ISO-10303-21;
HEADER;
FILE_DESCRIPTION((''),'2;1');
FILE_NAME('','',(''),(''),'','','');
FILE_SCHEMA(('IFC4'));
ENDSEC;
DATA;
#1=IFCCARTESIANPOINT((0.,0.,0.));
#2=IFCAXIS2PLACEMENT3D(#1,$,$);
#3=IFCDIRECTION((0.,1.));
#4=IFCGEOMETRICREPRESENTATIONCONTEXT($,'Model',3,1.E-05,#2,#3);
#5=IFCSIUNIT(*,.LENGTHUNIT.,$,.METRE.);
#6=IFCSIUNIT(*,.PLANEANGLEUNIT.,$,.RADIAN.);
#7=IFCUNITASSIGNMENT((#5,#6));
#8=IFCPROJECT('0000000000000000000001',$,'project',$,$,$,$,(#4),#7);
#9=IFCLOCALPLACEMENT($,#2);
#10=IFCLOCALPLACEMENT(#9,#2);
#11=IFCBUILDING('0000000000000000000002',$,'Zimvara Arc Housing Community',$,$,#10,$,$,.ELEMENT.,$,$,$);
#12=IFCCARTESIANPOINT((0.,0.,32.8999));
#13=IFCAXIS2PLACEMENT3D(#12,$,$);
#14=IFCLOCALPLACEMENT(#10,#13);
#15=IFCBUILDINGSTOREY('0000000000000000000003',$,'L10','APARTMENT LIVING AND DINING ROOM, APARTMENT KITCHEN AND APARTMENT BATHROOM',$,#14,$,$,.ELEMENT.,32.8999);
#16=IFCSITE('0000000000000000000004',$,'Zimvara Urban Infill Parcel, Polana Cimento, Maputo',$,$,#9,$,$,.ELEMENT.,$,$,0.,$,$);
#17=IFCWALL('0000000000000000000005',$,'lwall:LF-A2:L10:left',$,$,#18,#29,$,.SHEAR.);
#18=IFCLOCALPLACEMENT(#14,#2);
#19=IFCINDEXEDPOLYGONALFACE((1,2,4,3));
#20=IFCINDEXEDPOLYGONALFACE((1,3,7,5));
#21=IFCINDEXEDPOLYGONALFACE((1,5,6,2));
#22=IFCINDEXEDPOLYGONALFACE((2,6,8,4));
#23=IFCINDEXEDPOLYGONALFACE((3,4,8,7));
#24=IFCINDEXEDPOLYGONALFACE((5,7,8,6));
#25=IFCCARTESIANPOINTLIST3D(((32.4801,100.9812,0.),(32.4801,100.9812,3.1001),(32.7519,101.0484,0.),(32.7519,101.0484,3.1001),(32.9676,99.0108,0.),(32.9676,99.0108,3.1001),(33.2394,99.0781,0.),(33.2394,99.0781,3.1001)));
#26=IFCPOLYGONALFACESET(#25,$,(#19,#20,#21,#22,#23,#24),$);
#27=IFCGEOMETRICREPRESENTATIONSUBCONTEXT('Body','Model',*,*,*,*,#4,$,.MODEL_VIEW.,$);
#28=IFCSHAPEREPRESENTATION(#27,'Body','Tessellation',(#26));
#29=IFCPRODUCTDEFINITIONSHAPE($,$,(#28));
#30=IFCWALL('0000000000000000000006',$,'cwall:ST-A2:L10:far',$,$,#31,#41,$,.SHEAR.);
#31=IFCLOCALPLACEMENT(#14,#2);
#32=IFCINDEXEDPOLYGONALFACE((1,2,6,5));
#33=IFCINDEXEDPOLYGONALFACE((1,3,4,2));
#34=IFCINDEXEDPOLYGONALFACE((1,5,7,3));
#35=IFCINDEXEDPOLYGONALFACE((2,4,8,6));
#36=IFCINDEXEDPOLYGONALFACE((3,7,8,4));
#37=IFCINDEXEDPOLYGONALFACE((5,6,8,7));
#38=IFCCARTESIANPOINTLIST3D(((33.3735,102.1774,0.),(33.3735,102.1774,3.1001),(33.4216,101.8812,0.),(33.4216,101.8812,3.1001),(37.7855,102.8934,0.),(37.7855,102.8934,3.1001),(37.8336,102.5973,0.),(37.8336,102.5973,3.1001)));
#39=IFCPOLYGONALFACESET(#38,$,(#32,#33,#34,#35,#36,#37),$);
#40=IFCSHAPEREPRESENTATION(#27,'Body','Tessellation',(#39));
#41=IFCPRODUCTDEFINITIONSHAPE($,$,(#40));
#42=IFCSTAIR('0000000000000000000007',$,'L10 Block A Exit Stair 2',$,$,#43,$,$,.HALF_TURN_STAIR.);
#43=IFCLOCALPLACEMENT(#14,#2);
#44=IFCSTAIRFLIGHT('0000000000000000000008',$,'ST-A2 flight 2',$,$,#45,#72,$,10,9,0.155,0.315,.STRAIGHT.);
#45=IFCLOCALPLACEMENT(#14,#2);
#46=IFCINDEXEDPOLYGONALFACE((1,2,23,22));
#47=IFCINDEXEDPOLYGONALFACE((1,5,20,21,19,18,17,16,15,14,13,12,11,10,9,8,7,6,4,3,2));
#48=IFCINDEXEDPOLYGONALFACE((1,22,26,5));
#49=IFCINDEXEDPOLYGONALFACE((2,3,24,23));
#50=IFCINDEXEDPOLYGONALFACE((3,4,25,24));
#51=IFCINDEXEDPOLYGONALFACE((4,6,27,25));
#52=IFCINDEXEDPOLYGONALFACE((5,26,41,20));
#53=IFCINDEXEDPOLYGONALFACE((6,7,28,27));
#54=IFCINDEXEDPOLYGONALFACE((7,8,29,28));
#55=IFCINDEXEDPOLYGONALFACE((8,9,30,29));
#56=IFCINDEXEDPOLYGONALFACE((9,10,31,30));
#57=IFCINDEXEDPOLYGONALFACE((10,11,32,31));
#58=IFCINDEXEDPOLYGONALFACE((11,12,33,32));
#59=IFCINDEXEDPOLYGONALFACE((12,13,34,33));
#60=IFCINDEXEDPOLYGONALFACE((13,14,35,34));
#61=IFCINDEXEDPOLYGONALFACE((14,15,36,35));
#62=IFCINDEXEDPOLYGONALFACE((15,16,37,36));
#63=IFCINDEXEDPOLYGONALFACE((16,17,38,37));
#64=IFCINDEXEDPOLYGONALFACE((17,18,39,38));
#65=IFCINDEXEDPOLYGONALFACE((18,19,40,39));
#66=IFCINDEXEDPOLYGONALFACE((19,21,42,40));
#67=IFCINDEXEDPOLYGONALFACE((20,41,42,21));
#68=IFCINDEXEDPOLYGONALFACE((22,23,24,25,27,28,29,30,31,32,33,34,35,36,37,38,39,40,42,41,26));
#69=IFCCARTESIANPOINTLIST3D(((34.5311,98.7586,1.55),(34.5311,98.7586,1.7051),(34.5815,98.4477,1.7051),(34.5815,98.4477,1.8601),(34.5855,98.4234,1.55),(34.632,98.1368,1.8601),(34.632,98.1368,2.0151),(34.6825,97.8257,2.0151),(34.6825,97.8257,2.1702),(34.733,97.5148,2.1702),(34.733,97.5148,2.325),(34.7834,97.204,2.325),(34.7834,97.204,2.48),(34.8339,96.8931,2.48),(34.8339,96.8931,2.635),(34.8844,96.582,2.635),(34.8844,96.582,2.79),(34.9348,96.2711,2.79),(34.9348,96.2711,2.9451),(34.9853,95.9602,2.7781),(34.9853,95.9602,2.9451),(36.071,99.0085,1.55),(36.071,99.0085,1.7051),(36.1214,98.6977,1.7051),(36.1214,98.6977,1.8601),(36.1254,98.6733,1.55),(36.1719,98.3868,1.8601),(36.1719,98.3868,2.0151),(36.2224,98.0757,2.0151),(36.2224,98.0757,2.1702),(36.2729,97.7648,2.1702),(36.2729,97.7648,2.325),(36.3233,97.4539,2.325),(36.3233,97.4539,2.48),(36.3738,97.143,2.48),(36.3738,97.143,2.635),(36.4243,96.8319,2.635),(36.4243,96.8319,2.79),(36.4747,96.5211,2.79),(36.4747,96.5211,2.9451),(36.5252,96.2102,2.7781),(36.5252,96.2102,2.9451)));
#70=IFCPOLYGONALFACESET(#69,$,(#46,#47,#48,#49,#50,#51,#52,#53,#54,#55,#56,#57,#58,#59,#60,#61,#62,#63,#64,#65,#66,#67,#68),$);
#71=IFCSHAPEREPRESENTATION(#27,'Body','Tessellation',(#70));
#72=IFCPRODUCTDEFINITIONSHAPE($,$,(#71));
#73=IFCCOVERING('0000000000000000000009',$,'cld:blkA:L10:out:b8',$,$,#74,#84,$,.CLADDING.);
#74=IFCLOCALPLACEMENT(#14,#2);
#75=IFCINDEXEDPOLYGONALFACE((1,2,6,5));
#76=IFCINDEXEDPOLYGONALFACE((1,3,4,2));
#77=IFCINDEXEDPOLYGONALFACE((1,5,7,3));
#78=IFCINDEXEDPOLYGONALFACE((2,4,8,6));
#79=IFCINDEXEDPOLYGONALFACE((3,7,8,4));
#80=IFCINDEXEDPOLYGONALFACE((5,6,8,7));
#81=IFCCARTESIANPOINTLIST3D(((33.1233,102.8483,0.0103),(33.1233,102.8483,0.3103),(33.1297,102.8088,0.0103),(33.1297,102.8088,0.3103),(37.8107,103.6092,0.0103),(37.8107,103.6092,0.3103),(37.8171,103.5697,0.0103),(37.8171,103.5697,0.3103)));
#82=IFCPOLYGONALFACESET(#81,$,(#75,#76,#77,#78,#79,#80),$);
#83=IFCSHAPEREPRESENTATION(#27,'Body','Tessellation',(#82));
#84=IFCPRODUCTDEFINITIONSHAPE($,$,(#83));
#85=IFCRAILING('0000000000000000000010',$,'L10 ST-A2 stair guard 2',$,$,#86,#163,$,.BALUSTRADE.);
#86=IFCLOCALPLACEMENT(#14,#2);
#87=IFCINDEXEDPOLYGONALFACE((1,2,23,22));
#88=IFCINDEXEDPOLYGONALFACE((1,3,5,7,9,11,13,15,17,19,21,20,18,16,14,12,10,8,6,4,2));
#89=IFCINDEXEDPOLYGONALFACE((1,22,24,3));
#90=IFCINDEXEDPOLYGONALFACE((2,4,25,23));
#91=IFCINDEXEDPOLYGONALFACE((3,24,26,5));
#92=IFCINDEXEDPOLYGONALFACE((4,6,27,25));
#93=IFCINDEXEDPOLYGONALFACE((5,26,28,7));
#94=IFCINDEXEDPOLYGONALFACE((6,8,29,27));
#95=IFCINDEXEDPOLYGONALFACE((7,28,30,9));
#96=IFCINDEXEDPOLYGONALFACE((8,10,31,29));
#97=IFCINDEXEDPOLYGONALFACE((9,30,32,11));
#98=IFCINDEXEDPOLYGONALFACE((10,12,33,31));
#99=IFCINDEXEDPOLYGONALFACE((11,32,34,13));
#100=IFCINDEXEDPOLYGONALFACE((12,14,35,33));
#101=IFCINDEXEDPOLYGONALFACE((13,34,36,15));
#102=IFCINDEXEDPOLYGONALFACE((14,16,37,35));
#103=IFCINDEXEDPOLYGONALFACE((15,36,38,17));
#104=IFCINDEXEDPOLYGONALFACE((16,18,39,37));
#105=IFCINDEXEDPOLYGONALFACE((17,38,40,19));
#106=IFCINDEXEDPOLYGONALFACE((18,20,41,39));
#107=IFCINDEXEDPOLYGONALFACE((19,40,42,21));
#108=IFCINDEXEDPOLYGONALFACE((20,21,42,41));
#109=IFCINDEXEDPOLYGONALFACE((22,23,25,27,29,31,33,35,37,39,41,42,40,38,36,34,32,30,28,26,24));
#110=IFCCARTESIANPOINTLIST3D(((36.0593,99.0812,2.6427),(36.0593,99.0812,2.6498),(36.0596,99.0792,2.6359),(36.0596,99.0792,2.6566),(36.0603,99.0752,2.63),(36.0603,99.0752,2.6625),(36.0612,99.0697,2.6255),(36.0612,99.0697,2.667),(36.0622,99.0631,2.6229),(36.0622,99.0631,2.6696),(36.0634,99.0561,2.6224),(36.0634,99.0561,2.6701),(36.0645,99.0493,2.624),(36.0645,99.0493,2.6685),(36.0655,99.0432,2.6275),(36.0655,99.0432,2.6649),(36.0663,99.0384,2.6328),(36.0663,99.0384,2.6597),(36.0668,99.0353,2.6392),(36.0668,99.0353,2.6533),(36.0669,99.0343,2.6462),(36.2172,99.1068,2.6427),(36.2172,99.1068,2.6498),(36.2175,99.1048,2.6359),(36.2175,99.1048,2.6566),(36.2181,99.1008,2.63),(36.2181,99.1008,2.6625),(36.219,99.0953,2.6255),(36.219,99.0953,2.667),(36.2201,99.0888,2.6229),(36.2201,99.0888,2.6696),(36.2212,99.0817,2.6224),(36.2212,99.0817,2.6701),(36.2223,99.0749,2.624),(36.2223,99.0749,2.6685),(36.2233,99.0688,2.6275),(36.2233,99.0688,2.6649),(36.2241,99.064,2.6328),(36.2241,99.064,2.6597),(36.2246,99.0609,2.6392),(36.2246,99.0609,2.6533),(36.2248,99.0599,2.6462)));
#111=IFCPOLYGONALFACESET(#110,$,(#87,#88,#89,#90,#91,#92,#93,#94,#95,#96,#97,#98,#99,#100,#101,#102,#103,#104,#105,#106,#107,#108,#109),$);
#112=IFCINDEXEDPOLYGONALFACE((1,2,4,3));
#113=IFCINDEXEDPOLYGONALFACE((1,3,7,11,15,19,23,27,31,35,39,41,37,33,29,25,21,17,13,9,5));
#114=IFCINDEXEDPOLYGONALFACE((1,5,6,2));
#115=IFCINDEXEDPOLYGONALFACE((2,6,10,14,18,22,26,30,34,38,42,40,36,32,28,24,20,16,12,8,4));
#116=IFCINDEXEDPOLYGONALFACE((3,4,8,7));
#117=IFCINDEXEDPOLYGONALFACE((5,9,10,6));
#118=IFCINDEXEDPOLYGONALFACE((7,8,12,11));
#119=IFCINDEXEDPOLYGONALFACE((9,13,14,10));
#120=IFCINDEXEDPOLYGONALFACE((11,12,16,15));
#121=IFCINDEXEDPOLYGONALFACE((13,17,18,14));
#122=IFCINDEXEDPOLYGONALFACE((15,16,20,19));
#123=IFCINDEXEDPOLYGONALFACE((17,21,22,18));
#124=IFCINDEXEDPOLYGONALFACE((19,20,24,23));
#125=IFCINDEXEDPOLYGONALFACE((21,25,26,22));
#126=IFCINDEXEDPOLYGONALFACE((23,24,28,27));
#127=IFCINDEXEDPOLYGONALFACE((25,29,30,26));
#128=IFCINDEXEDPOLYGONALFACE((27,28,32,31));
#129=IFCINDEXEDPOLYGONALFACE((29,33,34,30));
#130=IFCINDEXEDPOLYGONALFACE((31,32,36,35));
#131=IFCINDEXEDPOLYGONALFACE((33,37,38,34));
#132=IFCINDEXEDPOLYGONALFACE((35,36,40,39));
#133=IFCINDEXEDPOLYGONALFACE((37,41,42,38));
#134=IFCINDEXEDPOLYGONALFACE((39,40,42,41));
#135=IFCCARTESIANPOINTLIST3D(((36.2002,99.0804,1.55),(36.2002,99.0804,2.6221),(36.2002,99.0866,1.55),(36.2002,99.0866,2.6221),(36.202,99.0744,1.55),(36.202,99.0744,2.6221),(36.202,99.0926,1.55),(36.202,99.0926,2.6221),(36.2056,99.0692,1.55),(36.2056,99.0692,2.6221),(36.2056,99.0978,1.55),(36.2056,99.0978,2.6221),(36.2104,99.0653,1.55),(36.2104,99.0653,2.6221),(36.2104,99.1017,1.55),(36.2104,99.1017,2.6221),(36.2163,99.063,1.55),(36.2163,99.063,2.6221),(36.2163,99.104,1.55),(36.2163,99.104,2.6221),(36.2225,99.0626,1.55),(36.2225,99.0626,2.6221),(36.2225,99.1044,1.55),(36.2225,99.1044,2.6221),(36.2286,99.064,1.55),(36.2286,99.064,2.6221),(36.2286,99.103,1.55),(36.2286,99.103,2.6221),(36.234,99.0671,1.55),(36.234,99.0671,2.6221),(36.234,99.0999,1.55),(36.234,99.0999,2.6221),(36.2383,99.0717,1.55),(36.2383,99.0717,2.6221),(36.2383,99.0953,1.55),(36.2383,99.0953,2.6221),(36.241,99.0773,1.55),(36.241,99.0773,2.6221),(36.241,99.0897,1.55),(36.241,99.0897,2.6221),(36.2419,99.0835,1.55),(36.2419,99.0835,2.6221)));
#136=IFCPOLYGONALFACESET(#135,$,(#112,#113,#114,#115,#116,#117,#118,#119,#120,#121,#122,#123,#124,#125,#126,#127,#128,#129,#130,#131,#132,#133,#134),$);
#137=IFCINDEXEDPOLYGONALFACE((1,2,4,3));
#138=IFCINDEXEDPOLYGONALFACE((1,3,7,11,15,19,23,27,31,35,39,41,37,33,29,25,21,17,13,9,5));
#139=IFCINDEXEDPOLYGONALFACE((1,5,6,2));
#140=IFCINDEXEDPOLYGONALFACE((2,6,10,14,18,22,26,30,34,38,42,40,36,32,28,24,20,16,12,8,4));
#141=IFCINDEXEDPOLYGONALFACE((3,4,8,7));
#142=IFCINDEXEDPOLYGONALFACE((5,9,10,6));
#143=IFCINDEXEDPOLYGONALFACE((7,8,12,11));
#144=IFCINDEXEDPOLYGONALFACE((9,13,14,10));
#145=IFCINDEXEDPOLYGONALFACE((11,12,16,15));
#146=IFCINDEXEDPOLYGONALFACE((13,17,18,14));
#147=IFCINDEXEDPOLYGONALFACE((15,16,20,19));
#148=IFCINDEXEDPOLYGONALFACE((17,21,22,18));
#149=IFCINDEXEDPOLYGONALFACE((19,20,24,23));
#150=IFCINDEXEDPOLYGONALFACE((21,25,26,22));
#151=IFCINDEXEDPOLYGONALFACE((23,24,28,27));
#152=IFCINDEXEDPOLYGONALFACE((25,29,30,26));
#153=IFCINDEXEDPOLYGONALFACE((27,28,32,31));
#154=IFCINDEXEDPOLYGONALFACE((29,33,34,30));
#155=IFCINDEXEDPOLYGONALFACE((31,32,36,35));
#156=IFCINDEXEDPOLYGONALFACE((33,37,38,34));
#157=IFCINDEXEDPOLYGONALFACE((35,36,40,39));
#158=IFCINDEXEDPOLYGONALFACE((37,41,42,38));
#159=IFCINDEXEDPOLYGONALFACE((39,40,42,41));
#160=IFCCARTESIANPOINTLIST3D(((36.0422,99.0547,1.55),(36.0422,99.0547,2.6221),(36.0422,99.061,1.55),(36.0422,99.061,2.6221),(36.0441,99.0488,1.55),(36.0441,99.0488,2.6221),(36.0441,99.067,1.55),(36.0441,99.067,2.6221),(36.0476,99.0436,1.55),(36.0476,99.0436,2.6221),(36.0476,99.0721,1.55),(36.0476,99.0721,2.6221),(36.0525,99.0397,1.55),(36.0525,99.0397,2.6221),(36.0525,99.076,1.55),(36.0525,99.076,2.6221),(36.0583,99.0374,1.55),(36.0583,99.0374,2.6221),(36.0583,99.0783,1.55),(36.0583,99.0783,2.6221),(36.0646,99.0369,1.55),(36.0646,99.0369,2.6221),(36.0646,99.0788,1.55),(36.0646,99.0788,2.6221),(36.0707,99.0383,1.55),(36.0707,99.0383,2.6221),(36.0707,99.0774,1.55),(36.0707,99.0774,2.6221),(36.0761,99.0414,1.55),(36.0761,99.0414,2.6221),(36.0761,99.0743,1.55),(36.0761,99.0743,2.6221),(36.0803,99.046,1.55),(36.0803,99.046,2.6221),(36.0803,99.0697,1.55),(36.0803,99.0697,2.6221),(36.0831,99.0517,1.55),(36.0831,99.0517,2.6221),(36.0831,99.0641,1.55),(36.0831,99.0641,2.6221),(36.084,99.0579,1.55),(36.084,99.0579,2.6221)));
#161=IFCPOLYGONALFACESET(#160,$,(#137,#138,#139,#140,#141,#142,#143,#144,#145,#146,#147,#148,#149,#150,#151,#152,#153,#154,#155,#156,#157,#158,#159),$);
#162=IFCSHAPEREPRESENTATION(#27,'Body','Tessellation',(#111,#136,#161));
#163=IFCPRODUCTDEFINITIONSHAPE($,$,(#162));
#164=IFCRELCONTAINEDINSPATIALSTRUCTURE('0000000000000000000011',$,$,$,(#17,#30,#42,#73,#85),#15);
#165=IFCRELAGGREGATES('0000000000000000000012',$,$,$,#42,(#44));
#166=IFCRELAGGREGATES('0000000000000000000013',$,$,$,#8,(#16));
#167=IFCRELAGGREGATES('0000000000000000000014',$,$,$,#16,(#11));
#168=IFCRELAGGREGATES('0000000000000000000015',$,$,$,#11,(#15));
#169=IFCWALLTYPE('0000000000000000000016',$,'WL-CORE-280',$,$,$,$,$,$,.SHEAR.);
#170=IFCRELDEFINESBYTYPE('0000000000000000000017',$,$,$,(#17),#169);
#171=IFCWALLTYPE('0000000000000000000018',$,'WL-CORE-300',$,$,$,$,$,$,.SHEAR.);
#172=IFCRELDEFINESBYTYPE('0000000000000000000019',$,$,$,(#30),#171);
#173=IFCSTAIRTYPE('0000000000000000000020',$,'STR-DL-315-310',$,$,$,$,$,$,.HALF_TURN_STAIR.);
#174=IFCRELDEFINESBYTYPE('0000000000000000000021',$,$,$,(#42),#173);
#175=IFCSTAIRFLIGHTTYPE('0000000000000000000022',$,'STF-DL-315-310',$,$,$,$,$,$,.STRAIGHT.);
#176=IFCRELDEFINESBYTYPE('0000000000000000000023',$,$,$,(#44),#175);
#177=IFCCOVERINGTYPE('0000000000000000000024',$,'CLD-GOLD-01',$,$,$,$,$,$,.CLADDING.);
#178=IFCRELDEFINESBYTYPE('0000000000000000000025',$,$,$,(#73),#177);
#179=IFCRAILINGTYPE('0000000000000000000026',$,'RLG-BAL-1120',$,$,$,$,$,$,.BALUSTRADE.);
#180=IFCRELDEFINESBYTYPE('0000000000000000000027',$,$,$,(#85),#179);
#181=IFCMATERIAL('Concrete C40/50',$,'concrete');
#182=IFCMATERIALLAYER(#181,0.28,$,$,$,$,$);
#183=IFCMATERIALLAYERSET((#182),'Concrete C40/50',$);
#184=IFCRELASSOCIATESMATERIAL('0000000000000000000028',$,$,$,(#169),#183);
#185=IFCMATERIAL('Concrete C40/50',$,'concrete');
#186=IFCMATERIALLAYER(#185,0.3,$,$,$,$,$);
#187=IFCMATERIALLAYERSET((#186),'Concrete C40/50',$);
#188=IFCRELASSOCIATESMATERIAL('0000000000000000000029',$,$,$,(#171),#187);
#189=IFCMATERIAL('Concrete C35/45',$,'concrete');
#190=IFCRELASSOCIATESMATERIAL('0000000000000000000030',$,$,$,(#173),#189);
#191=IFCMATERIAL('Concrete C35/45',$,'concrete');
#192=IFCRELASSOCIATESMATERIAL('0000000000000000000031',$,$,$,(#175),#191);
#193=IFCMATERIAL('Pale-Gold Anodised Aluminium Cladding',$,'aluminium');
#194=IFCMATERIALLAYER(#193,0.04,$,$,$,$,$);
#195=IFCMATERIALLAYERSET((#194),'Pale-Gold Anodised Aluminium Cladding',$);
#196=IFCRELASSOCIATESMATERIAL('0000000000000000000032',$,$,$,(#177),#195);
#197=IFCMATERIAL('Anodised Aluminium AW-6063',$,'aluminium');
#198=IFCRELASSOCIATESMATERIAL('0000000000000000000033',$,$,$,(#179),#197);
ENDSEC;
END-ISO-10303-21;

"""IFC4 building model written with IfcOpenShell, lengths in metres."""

from ifc_helpers import new_model, si_unit, direction, frame, frame_2d, origin, origin_2d, place, context, subcontext, project, spatial, polyline, rectangle, circle, outline, extrude, material, layer, layer_set, type_object, element, aggregate, save


model = new_model("IFC4")

# Units and contexts
model_context = context("Model", 3, precision=1e-05, world=origin(), true_north=direction((0.0, 1.0)))
body_context = subcontext(model_context, "Body", "Model", "MODEL_VIEW")
ifc_project = project(units=[si_unit("LENGTHUNIT", "METRE"), si_unit("PLANEANGLEUNIT", "RADIAN")], contexts=[model_context])

# Site, building, storey
site_placement = place(None, origin())
site = spatial("IfcSite", under=ifc_project, at=site_placement, Name="Zimvara Urban Infill Parcel, Polana Cimento, Maputo", CompositionType="ELEMENT", RefElevation=0.0)
building_placement = place(site_placement, origin())
building = spatial("IfcBuilding", under=site, at=building_placement, Name="Zimvara Arc Housing Community", CompositionType="ELEMENT")
storey_placement = place(building_placement, frame((0.0, 0.0, 32.8999)))
storey = spatial("IfcBuildingStorey", under=building, at=storey_placement, Name="L10", Description="APARTMENT LIVING AND DINING ROOM, APARTMENT KITCHEN AND APARTMENT BATHROOM", CompositionType="ELEMENT", Elevation=32.8999)

# Shared definitions
ifc_material_1 = material(Name="Concrete C40/50", Category="concrete")
ifc_layer_1 = layer(ifc_material_1, 0.28)
ifc_layer_set_1 = layer_set([ifc_layer_1], Name="Concrete C40/50")
wall_type_1 = type_object("IfcWallType", Name="WL-CORE-280", PredefinedType="SHEAR", material=ifc_layer_set_1)

# Walls
wall_1_placement = place(storey_placement, frame((33.1035, 99.0444, 0.0), z_axis=(0.0, 0.0, 1.0), x_axis=(-0.240186, 0.970727, 0.0)))
element("IfcWall", 1, at=wall_1_placement, inside=storey, type_object=wall_type_1, Name="lwall:LF-A2:L10:left", PredefinedType="SHEAR", context=body_context, shape_type="SweptSolid", body=[
    extrude(rectangle(XDim=2.0298, YDim=0.28, at=frame_2d((1.0149, 0.0))), origin(), (0.0, 0.0, 1.0), 3.1001),
])
ifc_material_2 = material(Name="Concrete C40/50", Category="concrete")
ifc_layer_2 = layer(ifc_material_2, 0.3)
ifc_layer_set_2 = layer_set([ifc_layer_2], Name="Concrete C40/50")
wall_type_2 = type_object("IfcWallType", Name="WL-CORE-300", PredefinedType="SHEAR", material=ifc_layer_set_2)
wall_2_placement = place(storey_placement, frame((37.8096, 102.7454, 0.0), z_axis=(0.0, 0.0, 1.0), x_axis=(-0.987085, -0.160199, 0.0)))
element("IfcWall", 2, at=wall_2_placement, inside=storey, type_object=wall_type_2, Name="cwall:ST-A2:L10:far", PredefinedType="SHEAR", context=body_context, shape_type="SweptSolid", body=[
    extrude(rectangle(XDim=4.4697, YDim=0.3, at=frame_2d((2.2349, 0.0))), origin(), (0.0, 0.0, 1.0), 3.1001),
])

# Stair, stair flight
ifc_material_3 = material(Name="Concrete C35/45", Category="concrete")
stair_type = type_object("IfcStairType", Name="STR-DL-315-310", PredefinedType="HALF_TURN_STAIR", material=ifc_material_3)
stair_placement = place(storey_placement, origin())
stair = element("IfcStair", 3, at=stair_placement, inside=storey, type_object=stair_type, Name="L10 Block A Exit Stair 2", PredefinedType="HALF_TURN_STAIR")
ifc_material_4 = material(Name="Concrete C35/45", Category="concrete")
stair_flight_type = type_object("IfcStairFlightType", Name="STF-DL-315-310", PredefinedType="STRAIGHT", material=ifc_material_4)
stair_flight_placement = place(storey_placement, frame((35.301, 98.8835, 1.55), z_axis=(0.0, 0.0, 1.0), x_axis=(0.160226, -0.98708, 0.0)))
stair_flight = element("IfcStairFlight", 4, at=stair_flight_placement, type_object=stair_flight_type, Name="ST-A2 flight 2", NumberOfRisers=10, NumberOfTreads=9, PredefinedType="STRAIGHT", RiserHeight=0.155, TreadLength=0.315, context=body_context, shape_type="SweptSolid", body=[
    extrude(outline(polyline([(0.0, 0.0), (0.0, 0.155), (0.3149, 0.155), (0.3149, 0.3101), (0.6299, 0.3101), (0.6299, 0.4651), (0.9451, 0.4651), (0.9451, 0.6201), (1.26, 0.6201), (1.26, 0.7749), (1.575, 0.7749), (1.575, 0.9299), (1.8899, 0.9299), (1.8899, 1.085), (2.2051, 1.085), (2.2051, 1.24), (2.52, 1.24), (2.52, 1.395), (2.835, 1.395), (2.835, 1.55), (2.835, 1.228), (0.3396, 0.0), (0.0, 0.0)])), frame((0.0, 0.78, 0.0), z_axis=(0.0, -1.0, 0.0), x_axis=(1.0, 0.0, 0.0)), (0.0, 0.0, 1.0), 1.5601),
])
aggregate(stair, [stair_flight])

# Covering
ifc_material_5 = material(Name="Pale-Gold Anodised Aluminium Cladding", Category="aluminium")
ifc_layer_3 = layer(ifc_material_5, 0.04)
ifc_layer_set_3 = layer_set([ifc_layer_3], Name="Pale-Gold Anodised Aluminium Cladding")
covering_type = type_object("IfcCoveringType", Name="CLD-GOLD-01", PredefinedType="CLADDING", material=ifc_layer_set_3)
covering_placement = place(storey_placement, frame((35.4702, 103.209, 0.0103), z_axis=(0.0, 0.0, 1.0), x_axis=(0.98708, 0.160226, 0.0)))
element("IfcCovering", 5, at=covering_placement, inside=storey, type_object=covering_type, Name="cld:blkA:L10:out:b8", PredefinedType="CLADDING", context=body_context, shape_type="SweptSolid", body=[
    extrude(rectangle(XDim=4.7488, YDim=0.04, at=origin_2d()), origin(), (0.0, 0.0, 1.0), 0.3),
])

# Railing
ifc_material_6 = material(Name="Anodised Aluminium AW-6063", Category="aluminium")
railing_type_1 = type_object("IfcRailingType", Name="RLG-BAL-1120", PredefinedType="BALUSTRADE", material=ifc_material_6)
railing_1_placement = place(storey_placement, frame((36.2209, 99.0835, 1.55)))
element("IfcRailing", 6, at=railing_1_placement, inside=storey, type_object=railing_type_1, Name="L10 ST-A2 stair guard 2", PredefinedType="BALUSTRADE", context=body_context, shape_type="SweptSolid", body=[
    extrude(circle(Radius=0.0239, at=origin_2d()), frame((0.0, 0.0, 1.0962), z_axis=(-0.987086, -0.160192, 0.0), x_axis=(0.160192, -0.987086, 0.0)), (0.0, 0.0, 1.0), 0.1599),
    extrude(circle(Radius=0.021, at=origin_2d()), origin(), (0.0, 0.0, 1.0), 1.072),
    extrude(circle(Radius=0.021, at=origin_2d()), frame((-0.158, -0.0256, 0.0)), (0.0, 0.0, 1.0), 1.072),
])

save(model, "model.ifc")
